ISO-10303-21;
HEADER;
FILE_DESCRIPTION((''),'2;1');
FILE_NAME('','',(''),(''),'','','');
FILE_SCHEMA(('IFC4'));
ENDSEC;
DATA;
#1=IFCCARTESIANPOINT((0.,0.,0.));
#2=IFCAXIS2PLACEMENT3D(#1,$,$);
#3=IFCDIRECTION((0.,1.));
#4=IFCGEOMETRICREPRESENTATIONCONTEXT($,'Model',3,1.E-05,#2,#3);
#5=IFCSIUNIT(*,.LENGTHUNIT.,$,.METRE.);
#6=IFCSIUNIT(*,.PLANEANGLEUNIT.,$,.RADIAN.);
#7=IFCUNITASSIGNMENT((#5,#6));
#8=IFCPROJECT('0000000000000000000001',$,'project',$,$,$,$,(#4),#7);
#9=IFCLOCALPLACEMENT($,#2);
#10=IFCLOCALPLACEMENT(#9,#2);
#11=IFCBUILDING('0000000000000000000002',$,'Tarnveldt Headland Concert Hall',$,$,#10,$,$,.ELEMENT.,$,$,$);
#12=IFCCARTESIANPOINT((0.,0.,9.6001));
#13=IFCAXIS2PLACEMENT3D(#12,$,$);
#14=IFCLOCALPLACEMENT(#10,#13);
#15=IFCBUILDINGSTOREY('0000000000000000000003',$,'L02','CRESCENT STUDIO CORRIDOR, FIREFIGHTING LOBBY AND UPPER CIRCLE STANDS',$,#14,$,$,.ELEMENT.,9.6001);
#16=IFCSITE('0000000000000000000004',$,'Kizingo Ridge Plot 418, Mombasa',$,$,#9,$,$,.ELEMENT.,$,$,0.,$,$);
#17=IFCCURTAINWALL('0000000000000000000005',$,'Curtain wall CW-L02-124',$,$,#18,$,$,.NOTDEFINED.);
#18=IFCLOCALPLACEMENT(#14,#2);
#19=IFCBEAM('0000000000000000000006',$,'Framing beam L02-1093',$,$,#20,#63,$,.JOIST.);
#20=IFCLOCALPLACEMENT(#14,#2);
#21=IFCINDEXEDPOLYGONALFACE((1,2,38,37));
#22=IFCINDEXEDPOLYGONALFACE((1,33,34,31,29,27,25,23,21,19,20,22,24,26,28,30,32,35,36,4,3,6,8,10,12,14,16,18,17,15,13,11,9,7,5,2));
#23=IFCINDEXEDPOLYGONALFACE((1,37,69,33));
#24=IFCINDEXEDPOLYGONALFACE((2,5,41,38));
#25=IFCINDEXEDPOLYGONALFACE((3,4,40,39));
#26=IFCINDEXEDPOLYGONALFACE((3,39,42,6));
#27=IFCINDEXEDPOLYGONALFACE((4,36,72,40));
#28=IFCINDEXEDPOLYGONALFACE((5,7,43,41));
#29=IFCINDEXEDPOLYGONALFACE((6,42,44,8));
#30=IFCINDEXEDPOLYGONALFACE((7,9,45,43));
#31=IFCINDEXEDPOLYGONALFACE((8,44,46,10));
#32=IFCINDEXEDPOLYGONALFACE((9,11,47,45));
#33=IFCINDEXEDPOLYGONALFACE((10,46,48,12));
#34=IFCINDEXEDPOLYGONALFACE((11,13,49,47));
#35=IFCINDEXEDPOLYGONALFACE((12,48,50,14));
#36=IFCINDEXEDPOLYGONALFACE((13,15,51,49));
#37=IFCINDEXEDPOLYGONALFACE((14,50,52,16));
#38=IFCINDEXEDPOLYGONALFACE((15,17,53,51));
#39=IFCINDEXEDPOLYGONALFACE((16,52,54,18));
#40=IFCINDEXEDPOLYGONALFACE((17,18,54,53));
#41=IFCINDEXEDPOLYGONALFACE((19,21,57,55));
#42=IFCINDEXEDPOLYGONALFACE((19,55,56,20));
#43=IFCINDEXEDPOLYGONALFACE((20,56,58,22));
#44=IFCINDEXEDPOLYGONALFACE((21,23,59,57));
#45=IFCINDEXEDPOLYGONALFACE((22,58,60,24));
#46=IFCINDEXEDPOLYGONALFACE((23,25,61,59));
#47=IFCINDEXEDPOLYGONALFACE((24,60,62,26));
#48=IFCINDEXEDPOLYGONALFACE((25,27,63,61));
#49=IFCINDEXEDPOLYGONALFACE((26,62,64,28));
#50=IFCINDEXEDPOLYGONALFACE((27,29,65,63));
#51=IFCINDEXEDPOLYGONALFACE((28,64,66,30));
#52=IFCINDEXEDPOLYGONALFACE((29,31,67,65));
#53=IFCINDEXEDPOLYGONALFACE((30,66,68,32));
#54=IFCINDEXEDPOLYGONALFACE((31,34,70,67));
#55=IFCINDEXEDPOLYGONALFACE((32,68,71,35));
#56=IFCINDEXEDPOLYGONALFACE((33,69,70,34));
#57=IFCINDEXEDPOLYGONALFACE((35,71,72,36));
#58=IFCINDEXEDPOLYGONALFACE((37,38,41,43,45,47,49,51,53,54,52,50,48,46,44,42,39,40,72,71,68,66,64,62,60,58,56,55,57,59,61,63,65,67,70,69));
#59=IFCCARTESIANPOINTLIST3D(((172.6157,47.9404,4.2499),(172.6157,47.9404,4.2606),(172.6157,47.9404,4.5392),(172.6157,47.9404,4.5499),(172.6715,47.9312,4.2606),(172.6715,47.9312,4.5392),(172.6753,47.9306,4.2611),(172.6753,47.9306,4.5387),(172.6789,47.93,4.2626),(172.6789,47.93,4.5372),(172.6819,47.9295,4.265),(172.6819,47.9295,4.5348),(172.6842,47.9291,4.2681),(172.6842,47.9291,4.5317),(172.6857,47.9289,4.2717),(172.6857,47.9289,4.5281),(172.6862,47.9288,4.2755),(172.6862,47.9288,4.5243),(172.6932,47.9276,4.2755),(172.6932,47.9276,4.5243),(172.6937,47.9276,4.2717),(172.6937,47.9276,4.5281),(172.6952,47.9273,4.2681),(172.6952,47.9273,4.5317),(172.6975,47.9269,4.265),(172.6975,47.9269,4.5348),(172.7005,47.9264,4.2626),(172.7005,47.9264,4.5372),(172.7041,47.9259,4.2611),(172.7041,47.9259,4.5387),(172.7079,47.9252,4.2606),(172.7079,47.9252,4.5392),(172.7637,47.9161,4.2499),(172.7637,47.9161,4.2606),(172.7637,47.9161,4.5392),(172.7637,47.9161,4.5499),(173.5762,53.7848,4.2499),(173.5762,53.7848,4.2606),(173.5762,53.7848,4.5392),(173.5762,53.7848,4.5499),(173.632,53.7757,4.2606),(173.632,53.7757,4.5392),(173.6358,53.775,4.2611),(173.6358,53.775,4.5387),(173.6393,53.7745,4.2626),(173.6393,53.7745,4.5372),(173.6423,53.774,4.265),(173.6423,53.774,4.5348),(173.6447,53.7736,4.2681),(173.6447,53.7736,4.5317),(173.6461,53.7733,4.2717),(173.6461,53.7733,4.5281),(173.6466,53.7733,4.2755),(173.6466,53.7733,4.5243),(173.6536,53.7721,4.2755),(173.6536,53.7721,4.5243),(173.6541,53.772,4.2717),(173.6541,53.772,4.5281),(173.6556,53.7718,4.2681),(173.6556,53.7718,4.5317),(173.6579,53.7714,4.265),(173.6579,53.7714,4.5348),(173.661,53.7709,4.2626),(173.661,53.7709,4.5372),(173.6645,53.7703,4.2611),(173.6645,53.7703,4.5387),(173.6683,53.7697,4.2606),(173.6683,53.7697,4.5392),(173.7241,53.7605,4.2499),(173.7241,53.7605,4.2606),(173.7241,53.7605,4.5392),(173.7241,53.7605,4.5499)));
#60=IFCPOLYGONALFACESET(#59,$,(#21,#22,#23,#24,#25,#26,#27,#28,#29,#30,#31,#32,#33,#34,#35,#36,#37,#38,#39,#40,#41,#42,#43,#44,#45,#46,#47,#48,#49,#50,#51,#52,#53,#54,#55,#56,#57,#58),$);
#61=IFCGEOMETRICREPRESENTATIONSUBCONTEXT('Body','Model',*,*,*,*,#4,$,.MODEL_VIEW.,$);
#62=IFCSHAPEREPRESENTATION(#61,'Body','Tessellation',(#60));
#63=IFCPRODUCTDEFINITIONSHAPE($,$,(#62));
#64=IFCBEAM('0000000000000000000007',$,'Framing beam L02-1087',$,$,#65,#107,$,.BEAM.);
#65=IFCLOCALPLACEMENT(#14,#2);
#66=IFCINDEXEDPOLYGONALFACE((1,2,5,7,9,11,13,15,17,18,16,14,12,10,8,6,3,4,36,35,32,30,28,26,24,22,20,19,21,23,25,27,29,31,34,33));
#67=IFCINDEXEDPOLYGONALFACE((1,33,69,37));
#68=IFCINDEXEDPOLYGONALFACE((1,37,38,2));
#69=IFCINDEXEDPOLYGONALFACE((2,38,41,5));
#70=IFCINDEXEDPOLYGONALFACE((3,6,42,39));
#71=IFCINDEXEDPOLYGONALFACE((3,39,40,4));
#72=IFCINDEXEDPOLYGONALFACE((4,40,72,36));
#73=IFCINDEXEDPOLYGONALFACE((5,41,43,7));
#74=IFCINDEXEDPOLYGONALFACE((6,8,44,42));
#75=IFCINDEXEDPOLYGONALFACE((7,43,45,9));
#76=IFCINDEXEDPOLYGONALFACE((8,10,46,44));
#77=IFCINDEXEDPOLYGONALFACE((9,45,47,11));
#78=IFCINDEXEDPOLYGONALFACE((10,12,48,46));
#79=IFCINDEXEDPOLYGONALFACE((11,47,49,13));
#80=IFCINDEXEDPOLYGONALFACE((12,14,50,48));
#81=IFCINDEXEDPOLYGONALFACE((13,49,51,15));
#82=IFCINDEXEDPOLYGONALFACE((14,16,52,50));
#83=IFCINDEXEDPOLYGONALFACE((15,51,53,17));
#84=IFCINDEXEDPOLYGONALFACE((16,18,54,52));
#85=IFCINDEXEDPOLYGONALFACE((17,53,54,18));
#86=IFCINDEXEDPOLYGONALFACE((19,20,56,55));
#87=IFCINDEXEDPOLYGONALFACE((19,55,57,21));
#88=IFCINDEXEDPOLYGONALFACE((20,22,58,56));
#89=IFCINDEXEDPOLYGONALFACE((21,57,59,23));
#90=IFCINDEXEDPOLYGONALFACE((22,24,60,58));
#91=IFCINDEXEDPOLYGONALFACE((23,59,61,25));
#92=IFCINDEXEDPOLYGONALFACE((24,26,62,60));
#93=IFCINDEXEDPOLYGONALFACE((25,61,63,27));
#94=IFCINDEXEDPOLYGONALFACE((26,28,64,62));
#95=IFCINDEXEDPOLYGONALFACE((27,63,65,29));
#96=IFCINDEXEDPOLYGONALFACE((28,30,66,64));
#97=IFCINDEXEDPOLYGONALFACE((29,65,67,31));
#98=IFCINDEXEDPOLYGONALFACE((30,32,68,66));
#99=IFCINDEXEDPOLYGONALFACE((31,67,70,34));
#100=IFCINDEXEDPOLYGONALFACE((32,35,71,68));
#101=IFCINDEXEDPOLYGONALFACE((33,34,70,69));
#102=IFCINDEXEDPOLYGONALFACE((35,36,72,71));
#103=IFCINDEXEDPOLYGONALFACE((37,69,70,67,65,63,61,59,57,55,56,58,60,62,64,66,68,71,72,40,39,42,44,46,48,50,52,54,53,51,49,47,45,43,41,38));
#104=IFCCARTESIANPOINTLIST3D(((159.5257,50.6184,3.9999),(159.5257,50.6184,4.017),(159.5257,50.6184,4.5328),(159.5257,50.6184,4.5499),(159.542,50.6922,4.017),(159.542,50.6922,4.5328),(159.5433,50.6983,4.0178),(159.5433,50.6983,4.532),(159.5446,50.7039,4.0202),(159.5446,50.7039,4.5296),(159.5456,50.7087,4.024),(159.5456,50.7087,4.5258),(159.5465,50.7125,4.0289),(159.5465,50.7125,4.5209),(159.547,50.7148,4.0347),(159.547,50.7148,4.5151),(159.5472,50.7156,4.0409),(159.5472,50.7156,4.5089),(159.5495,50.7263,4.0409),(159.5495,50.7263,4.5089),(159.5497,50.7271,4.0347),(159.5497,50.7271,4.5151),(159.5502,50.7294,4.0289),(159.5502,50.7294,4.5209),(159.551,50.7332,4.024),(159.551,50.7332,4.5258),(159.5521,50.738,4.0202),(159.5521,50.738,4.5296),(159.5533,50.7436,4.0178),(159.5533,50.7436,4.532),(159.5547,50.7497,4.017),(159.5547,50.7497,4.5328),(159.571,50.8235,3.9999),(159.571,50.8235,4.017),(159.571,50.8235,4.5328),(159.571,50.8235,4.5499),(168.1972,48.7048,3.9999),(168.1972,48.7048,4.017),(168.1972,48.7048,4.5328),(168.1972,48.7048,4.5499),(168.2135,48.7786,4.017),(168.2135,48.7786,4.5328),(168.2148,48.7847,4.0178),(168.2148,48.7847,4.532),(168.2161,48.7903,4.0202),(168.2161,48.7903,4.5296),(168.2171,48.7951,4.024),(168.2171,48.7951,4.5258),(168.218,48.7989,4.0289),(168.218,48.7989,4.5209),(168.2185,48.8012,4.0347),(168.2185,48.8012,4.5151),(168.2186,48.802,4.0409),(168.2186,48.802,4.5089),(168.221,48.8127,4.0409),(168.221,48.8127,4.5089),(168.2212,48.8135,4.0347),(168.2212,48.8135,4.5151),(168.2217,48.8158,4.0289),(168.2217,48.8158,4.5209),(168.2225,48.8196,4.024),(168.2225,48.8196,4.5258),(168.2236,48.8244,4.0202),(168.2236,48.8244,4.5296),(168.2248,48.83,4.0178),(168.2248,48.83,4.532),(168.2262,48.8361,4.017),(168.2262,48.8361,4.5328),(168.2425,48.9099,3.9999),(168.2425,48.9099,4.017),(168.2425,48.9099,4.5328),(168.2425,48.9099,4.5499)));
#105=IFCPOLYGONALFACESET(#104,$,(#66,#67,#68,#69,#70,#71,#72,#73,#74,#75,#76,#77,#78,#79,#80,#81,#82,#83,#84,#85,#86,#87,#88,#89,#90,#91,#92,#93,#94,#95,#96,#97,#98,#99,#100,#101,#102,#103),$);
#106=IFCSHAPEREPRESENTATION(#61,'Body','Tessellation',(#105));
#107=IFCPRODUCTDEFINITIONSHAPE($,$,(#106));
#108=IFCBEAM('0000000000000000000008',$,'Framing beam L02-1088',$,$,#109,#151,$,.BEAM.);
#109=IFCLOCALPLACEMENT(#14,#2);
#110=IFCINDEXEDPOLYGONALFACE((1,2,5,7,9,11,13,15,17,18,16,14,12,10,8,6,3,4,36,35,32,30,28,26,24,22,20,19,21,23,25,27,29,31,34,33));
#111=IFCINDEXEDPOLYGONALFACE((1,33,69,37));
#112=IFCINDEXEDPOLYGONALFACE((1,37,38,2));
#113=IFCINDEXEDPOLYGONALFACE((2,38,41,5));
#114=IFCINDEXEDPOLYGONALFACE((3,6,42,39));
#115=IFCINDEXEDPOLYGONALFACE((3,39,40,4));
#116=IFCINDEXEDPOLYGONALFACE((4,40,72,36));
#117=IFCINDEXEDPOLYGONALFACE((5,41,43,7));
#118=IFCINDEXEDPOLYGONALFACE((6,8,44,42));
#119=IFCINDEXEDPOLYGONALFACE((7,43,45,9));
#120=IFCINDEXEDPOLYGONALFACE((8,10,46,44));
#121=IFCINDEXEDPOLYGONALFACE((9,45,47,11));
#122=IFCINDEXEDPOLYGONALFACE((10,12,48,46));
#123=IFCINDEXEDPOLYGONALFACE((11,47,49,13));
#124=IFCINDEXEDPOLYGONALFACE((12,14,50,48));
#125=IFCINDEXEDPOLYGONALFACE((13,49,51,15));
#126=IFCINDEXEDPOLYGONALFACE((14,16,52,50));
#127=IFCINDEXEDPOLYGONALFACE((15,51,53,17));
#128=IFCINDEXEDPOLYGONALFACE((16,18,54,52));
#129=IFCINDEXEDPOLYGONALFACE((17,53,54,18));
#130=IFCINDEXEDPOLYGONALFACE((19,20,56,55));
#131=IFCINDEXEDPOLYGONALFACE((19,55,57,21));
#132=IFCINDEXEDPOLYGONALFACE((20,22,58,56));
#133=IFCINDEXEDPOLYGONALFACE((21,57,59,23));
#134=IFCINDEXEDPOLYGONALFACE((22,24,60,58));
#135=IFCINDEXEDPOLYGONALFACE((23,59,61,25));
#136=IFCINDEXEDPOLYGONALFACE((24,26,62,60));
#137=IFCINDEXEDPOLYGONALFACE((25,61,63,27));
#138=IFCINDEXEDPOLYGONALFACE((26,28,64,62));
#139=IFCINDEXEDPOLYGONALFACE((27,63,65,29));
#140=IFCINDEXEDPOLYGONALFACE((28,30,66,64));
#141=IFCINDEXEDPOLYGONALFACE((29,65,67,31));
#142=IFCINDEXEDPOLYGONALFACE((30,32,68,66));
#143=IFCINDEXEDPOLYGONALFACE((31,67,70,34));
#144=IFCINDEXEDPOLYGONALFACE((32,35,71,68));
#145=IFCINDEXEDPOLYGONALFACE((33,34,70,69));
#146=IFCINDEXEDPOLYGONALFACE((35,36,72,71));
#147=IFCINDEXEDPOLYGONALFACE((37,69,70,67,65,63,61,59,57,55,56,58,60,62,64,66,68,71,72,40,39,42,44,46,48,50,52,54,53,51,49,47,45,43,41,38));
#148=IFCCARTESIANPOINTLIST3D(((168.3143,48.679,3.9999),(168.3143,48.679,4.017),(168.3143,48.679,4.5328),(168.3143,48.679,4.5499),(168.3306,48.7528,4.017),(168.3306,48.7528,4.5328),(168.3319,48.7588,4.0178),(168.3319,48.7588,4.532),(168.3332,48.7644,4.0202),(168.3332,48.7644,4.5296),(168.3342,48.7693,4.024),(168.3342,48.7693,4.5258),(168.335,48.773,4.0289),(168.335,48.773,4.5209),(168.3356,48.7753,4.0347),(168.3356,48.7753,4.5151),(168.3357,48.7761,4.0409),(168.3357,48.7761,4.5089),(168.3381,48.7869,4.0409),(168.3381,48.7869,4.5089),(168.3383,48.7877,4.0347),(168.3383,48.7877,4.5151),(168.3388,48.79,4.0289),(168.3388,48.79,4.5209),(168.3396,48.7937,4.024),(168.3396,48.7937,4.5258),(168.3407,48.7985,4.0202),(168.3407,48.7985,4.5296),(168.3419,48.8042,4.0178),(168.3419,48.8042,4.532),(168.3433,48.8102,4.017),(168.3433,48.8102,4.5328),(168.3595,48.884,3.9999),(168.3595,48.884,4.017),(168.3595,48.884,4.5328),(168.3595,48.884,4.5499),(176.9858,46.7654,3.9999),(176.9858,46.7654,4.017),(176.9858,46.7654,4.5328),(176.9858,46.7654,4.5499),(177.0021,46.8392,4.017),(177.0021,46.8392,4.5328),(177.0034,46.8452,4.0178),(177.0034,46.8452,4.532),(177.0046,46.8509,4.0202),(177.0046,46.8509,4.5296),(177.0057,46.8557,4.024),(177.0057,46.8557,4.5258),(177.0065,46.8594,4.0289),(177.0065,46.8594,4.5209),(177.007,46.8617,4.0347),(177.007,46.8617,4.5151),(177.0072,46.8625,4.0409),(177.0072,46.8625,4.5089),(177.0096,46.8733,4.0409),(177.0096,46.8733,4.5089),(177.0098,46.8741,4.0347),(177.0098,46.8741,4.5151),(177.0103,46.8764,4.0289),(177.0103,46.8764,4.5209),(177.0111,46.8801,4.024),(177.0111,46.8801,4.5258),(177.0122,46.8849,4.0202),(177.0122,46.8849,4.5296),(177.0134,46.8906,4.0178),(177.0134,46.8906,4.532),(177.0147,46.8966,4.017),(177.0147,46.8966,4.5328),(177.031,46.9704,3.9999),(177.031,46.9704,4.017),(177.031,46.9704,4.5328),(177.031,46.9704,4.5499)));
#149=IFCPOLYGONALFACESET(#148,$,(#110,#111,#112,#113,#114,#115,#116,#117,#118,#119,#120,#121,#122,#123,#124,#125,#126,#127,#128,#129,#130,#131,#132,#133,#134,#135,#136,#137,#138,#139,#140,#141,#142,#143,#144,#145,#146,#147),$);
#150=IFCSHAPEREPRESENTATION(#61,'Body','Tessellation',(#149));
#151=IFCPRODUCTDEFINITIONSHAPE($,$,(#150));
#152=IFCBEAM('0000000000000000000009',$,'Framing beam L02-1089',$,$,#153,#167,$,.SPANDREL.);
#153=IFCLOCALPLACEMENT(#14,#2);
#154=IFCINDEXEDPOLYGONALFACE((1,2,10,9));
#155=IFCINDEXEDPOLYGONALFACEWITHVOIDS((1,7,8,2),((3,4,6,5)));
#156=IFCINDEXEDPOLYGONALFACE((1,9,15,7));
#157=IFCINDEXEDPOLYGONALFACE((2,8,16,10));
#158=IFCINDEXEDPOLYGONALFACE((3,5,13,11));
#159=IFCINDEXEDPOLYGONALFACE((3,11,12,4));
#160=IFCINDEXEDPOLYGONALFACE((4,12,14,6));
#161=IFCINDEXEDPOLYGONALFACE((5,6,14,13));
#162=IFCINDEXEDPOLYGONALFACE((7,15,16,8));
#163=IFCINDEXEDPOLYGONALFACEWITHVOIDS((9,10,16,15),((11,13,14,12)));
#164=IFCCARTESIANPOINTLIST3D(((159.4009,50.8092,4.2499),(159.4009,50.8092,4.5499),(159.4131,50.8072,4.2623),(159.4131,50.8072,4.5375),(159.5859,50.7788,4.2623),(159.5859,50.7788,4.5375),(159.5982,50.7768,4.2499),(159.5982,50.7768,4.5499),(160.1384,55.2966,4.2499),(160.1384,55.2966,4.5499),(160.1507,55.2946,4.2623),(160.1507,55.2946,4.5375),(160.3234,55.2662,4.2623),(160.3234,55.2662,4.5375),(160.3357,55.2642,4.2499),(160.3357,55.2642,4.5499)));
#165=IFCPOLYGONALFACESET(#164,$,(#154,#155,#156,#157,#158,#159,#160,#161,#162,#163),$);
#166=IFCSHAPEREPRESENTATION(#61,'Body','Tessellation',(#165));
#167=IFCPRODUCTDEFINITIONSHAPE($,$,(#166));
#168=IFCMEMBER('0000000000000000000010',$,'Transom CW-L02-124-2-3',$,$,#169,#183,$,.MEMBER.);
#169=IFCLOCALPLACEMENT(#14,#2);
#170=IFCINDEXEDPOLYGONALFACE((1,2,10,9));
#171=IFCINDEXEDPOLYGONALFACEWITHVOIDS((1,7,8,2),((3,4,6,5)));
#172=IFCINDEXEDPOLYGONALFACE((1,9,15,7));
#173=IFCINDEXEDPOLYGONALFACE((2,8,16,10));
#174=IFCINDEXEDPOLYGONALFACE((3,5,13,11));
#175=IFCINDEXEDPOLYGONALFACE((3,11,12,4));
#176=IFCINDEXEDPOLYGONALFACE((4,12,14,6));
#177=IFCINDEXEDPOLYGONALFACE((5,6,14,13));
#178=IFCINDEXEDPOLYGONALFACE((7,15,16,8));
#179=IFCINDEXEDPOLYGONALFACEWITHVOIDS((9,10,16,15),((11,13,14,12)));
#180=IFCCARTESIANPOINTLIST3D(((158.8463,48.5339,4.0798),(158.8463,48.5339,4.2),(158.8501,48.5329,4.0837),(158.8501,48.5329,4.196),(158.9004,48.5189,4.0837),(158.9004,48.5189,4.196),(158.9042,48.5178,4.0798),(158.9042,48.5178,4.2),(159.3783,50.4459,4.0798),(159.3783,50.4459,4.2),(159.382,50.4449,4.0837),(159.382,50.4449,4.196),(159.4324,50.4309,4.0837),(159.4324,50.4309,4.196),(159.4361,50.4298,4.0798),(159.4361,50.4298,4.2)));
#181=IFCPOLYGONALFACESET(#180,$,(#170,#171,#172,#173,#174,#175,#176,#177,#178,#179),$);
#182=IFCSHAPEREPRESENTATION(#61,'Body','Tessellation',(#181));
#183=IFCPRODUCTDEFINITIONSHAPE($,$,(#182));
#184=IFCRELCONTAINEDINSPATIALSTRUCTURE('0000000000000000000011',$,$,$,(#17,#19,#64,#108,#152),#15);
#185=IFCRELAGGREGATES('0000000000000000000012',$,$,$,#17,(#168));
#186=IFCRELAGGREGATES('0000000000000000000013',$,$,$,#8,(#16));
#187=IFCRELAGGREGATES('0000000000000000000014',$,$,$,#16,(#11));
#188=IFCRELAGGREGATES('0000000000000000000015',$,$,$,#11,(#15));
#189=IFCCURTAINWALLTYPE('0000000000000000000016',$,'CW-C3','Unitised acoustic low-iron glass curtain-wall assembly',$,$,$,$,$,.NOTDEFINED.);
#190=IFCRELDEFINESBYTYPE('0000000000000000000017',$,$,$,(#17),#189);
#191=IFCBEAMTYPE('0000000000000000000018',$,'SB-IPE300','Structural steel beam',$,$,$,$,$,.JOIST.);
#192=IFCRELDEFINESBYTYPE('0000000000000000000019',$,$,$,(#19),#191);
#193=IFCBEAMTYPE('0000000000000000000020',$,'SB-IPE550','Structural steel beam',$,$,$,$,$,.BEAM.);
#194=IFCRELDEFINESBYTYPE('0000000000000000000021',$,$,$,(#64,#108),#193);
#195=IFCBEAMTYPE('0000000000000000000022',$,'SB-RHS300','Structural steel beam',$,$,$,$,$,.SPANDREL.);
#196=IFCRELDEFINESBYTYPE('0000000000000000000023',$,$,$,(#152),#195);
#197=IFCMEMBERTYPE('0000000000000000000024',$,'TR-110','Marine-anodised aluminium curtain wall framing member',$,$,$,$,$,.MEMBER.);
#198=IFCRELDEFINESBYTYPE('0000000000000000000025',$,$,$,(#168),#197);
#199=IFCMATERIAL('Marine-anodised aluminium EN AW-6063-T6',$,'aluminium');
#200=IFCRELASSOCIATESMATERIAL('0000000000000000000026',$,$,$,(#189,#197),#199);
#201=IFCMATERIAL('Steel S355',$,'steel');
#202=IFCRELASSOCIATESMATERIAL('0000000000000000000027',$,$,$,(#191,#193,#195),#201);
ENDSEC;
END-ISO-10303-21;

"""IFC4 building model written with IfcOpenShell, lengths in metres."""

from ifc_helpers import new_model, si_unit, direction, frame, origin, origin_2d, place, context, subcontext, project, spatial, hollow_rectangle, i_section, extrude, material, material_profile, profile_set, type_object, element, aggregate, save


model = new_model("IFC4")

# Units and contexts
model_context = context("Model", 3, precision=1e-05, world=origin(), true_north=direction((0.0, 1.0)))
body_context = subcontext(model_context, "Body", "Model", "MODEL_VIEW")
ifc_project = project(units=[si_unit("LENGTHUNIT", "METRE"), si_unit("PLANEANGLEUNIT", "RADIAN")], contexts=[model_context])

# Site, building, storey
site_placement = place(None, origin())
site = spatial("IfcSite", under=ifc_project, at=site_placement, Name="Kizingo Ridge Plot 418, Mombasa", CompositionType="ELEMENT", RefElevation=0.0)
building_placement = place(site_placement, origin())
building = spatial("IfcBuilding", under=site, at=building_placement, Name="Tarnveldt Headland Concert Hall", CompositionType="ELEMENT")
storey_placement = place(building_placement, frame((0.0, 0.0, 9.6001)))
storey = spatial("IfcBuildingStorey", under=building, at=storey_placement, Name="L02", Description="CRESCENT STUDIO CORRIDOR, FIREFIGHTING LOBBY AND UPPER CIRCLE STANDS", CompositionType="ELEMENT", Elevation=9.6001)

# Shared definitions
ifc_material_1 = material(Name="Steel S355", Category="steel")

# Curtain wall
ifc_material_2 = material(Name="Marine-anodised aluminium EN AW-6063-T6", Category="aluminium")
curtain_wall_type = type_object("IfcCurtainWallType", Name="CW-C3", Description="Unitised acoustic low-iron glass curtain-wall assembly", PredefinedType="NOTDEFINED", material=ifc_material_2)
curtain_wall_1_placement = place(storey_placement, origin())
curtain_wall_1 = element("IfcCurtainWall", 1, at=curtain_wall_1_placement, inside=storey, type_object=curtain_wall_type, Name="Curtain wall CW-L02-124", PredefinedType="NOTDEFINED")

# Beams
ifc_material_profile_1 = material_profile(ifc_material_1, i_section(OverallWidth=0.1499, OverallDepth=0.3, WebThickness=0.0071, FlangeThickness=0.0107, FilletRadius=0.0149, at=origin_2d()), Name="IPE300", Category="steel")
ifc_profile_set_1 = profile_set([ifc_material_profile_1], Name="Steel S355")
beam_type_1 = type_object("IfcBeamType", Name="SB-IPE300", Description="Structural steel beam", PredefinedType="JOIST", material=ifc_profile_set_1)
beam_1_placement = place(storey_placement, frame((172.6897, 47.9282, 4.3999), z_axis=(0.162159, 0.986765, 0.0), x_axis=(-0.986765, 0.162159, 0.0)))
element("IfcBeam", 2, at=beam_1_placement, inside=storey, type_object=beam_type_1, Name="Framing beam L02-1093", PredefinedType="JOIST", context=body_context, shape_type="SweptSolid", body=[
    extrude(i_section(OverallWidth=0.1499, OverallDepth=0.3, WebThickness=0.0071, FlangeThickness=0.0107, FilletRadius=0.0149, at=origin_2d()), origin(), (0.0, 0.0, 1.0), 5.9229),
])
ifc_material_profile_2 = material_profile(ifc_material_1, i_section(OverallWidth=0.21, OverallDepth=0.55, WebThickness=0.011, FlangeThickness=0.0171, FilletRadius=0.0239, at=origin_2d()), Name="IPE550", Category="steel")
ifc_profile_set_2 = profile_set([ifc_material_profile_2], Name="Steel S355")
beam_type_2 = type_object("IfcBeamType", Name="SB-IPE550", Description="Structural steel beam", PredefinedType="BEAM", material=ifc_profile_set_2)
for number, where, z_axis, x_axis, name in (
    (3, (159.5483, 50.7209, 4.2749), (0.976506, -0.215492, 0.0), (0.215492, 0.976506, 0.0), "Framing beam L02-1087"),
    (4, (168.3369, 48.7815, 4.2749), (0.976506, -0.215492, 0.0), (0.215492, 0.976506, 0.0), "Framing beam L02-1088"),
):
    element("IfcBeam", number, at=place(storey_placement, frame(where, z_axis=z_axis, x_axis=x_axis)), inside=storey, type_object=beam_type_2, Name=name, PredefinedType="BEAM", context=body_context, shape_type="SweptSolid", body=[
        extrude(i_section(OverallWidth=0.21, OverallDepth=0.55, WebThickness=0.011, FlangeThickness=0.0171, FilletRadius=0.0239, at=origin_2d()), origin(), (0.0, 0.0, 1.0), 8.8801),
    ])
ifc_material_profile_3 = material_profile(ifc_material_1, hollow_rectangle(XDim=0.2, YDim=0.3, WallThickness=0.0125, at=origin_2d()), Name="RHS 300x200x12.5", Category="steel")
ifc_profile_set_3 = profile_set([ifc_material_profile_3], Name="Steel S355")
beam_type_3 = type_object("IfcBeamType", Name="SB-RHS300", Description="Structural steel beam", PredefinedType="SPANDREL", material=ifc_profile_set_3)
beam_2_placement = place(storey_placement, frame((159.4995, 50.793, 4.3999), z_axis=(0.162187, 0.98676, 0.0), x_axis=(-0.98676, 0.162187, 0.0)))
element("IfcBeam", 5, at=beam_2_placement, inside=storey, type_object=beam_type_3, Name="Framing beam L02-1089", PredefinedType="SPANDREL", context=body_context, shape_type="SweptSolid", body=[
    extrude(hollow_rectangle(XDim=0.2, YDim=0.3, WallThickness=0.0125, at=origin_2d()), origin(), (0.0, 0.0, 1.0), 4.5476),
])

# Member
ifc_material_profile_4 = material_profile(ifc_material_2, hollow_rectangle(XDim=0.0601, YDim=0.1201, WallThickness=0.0039, at=origin_2d()), Name="ALU TRANSOM 60x120x4", Category="aluminium")
ifc_profile_set_4 = profile_set([ifc_material_profile_4], Name="Marine-anodised aluminium EN AW-6063-T6")
member_type_1 = type_object("IfcMemberType", Name="TR-110", Description="Marine-anodised aluminium curtain wall framing member", PredefinedType="MEMBER", material=ifc_profile_set_4)
member_1_placement = place(storey_placement, frame((158.8752, 48.5259, 4.1399), z_axis=(0.268037, 0.963409, 0.0), x_axis=(-0.963409, 0.268037, 0.0)))
member_1 = element("IfcMember", 6, at=member_1_placement, type_object=member_type_1, Name="Transom CW-L02-124-2-3", PredefinedType="MEMBER", context=body_context, shape_type="SweptSolid", body=[
    extrude(hollow_rectangle(XDim=0.0601, YDim=0.1201, WallThickness=0.0039, at=origin_2d()), origin(), (0.0, 0.0, 1.0), 1.9846),
])

aggregate(curtain_wall_1, [member_1])

save(model, "model.ifc")
